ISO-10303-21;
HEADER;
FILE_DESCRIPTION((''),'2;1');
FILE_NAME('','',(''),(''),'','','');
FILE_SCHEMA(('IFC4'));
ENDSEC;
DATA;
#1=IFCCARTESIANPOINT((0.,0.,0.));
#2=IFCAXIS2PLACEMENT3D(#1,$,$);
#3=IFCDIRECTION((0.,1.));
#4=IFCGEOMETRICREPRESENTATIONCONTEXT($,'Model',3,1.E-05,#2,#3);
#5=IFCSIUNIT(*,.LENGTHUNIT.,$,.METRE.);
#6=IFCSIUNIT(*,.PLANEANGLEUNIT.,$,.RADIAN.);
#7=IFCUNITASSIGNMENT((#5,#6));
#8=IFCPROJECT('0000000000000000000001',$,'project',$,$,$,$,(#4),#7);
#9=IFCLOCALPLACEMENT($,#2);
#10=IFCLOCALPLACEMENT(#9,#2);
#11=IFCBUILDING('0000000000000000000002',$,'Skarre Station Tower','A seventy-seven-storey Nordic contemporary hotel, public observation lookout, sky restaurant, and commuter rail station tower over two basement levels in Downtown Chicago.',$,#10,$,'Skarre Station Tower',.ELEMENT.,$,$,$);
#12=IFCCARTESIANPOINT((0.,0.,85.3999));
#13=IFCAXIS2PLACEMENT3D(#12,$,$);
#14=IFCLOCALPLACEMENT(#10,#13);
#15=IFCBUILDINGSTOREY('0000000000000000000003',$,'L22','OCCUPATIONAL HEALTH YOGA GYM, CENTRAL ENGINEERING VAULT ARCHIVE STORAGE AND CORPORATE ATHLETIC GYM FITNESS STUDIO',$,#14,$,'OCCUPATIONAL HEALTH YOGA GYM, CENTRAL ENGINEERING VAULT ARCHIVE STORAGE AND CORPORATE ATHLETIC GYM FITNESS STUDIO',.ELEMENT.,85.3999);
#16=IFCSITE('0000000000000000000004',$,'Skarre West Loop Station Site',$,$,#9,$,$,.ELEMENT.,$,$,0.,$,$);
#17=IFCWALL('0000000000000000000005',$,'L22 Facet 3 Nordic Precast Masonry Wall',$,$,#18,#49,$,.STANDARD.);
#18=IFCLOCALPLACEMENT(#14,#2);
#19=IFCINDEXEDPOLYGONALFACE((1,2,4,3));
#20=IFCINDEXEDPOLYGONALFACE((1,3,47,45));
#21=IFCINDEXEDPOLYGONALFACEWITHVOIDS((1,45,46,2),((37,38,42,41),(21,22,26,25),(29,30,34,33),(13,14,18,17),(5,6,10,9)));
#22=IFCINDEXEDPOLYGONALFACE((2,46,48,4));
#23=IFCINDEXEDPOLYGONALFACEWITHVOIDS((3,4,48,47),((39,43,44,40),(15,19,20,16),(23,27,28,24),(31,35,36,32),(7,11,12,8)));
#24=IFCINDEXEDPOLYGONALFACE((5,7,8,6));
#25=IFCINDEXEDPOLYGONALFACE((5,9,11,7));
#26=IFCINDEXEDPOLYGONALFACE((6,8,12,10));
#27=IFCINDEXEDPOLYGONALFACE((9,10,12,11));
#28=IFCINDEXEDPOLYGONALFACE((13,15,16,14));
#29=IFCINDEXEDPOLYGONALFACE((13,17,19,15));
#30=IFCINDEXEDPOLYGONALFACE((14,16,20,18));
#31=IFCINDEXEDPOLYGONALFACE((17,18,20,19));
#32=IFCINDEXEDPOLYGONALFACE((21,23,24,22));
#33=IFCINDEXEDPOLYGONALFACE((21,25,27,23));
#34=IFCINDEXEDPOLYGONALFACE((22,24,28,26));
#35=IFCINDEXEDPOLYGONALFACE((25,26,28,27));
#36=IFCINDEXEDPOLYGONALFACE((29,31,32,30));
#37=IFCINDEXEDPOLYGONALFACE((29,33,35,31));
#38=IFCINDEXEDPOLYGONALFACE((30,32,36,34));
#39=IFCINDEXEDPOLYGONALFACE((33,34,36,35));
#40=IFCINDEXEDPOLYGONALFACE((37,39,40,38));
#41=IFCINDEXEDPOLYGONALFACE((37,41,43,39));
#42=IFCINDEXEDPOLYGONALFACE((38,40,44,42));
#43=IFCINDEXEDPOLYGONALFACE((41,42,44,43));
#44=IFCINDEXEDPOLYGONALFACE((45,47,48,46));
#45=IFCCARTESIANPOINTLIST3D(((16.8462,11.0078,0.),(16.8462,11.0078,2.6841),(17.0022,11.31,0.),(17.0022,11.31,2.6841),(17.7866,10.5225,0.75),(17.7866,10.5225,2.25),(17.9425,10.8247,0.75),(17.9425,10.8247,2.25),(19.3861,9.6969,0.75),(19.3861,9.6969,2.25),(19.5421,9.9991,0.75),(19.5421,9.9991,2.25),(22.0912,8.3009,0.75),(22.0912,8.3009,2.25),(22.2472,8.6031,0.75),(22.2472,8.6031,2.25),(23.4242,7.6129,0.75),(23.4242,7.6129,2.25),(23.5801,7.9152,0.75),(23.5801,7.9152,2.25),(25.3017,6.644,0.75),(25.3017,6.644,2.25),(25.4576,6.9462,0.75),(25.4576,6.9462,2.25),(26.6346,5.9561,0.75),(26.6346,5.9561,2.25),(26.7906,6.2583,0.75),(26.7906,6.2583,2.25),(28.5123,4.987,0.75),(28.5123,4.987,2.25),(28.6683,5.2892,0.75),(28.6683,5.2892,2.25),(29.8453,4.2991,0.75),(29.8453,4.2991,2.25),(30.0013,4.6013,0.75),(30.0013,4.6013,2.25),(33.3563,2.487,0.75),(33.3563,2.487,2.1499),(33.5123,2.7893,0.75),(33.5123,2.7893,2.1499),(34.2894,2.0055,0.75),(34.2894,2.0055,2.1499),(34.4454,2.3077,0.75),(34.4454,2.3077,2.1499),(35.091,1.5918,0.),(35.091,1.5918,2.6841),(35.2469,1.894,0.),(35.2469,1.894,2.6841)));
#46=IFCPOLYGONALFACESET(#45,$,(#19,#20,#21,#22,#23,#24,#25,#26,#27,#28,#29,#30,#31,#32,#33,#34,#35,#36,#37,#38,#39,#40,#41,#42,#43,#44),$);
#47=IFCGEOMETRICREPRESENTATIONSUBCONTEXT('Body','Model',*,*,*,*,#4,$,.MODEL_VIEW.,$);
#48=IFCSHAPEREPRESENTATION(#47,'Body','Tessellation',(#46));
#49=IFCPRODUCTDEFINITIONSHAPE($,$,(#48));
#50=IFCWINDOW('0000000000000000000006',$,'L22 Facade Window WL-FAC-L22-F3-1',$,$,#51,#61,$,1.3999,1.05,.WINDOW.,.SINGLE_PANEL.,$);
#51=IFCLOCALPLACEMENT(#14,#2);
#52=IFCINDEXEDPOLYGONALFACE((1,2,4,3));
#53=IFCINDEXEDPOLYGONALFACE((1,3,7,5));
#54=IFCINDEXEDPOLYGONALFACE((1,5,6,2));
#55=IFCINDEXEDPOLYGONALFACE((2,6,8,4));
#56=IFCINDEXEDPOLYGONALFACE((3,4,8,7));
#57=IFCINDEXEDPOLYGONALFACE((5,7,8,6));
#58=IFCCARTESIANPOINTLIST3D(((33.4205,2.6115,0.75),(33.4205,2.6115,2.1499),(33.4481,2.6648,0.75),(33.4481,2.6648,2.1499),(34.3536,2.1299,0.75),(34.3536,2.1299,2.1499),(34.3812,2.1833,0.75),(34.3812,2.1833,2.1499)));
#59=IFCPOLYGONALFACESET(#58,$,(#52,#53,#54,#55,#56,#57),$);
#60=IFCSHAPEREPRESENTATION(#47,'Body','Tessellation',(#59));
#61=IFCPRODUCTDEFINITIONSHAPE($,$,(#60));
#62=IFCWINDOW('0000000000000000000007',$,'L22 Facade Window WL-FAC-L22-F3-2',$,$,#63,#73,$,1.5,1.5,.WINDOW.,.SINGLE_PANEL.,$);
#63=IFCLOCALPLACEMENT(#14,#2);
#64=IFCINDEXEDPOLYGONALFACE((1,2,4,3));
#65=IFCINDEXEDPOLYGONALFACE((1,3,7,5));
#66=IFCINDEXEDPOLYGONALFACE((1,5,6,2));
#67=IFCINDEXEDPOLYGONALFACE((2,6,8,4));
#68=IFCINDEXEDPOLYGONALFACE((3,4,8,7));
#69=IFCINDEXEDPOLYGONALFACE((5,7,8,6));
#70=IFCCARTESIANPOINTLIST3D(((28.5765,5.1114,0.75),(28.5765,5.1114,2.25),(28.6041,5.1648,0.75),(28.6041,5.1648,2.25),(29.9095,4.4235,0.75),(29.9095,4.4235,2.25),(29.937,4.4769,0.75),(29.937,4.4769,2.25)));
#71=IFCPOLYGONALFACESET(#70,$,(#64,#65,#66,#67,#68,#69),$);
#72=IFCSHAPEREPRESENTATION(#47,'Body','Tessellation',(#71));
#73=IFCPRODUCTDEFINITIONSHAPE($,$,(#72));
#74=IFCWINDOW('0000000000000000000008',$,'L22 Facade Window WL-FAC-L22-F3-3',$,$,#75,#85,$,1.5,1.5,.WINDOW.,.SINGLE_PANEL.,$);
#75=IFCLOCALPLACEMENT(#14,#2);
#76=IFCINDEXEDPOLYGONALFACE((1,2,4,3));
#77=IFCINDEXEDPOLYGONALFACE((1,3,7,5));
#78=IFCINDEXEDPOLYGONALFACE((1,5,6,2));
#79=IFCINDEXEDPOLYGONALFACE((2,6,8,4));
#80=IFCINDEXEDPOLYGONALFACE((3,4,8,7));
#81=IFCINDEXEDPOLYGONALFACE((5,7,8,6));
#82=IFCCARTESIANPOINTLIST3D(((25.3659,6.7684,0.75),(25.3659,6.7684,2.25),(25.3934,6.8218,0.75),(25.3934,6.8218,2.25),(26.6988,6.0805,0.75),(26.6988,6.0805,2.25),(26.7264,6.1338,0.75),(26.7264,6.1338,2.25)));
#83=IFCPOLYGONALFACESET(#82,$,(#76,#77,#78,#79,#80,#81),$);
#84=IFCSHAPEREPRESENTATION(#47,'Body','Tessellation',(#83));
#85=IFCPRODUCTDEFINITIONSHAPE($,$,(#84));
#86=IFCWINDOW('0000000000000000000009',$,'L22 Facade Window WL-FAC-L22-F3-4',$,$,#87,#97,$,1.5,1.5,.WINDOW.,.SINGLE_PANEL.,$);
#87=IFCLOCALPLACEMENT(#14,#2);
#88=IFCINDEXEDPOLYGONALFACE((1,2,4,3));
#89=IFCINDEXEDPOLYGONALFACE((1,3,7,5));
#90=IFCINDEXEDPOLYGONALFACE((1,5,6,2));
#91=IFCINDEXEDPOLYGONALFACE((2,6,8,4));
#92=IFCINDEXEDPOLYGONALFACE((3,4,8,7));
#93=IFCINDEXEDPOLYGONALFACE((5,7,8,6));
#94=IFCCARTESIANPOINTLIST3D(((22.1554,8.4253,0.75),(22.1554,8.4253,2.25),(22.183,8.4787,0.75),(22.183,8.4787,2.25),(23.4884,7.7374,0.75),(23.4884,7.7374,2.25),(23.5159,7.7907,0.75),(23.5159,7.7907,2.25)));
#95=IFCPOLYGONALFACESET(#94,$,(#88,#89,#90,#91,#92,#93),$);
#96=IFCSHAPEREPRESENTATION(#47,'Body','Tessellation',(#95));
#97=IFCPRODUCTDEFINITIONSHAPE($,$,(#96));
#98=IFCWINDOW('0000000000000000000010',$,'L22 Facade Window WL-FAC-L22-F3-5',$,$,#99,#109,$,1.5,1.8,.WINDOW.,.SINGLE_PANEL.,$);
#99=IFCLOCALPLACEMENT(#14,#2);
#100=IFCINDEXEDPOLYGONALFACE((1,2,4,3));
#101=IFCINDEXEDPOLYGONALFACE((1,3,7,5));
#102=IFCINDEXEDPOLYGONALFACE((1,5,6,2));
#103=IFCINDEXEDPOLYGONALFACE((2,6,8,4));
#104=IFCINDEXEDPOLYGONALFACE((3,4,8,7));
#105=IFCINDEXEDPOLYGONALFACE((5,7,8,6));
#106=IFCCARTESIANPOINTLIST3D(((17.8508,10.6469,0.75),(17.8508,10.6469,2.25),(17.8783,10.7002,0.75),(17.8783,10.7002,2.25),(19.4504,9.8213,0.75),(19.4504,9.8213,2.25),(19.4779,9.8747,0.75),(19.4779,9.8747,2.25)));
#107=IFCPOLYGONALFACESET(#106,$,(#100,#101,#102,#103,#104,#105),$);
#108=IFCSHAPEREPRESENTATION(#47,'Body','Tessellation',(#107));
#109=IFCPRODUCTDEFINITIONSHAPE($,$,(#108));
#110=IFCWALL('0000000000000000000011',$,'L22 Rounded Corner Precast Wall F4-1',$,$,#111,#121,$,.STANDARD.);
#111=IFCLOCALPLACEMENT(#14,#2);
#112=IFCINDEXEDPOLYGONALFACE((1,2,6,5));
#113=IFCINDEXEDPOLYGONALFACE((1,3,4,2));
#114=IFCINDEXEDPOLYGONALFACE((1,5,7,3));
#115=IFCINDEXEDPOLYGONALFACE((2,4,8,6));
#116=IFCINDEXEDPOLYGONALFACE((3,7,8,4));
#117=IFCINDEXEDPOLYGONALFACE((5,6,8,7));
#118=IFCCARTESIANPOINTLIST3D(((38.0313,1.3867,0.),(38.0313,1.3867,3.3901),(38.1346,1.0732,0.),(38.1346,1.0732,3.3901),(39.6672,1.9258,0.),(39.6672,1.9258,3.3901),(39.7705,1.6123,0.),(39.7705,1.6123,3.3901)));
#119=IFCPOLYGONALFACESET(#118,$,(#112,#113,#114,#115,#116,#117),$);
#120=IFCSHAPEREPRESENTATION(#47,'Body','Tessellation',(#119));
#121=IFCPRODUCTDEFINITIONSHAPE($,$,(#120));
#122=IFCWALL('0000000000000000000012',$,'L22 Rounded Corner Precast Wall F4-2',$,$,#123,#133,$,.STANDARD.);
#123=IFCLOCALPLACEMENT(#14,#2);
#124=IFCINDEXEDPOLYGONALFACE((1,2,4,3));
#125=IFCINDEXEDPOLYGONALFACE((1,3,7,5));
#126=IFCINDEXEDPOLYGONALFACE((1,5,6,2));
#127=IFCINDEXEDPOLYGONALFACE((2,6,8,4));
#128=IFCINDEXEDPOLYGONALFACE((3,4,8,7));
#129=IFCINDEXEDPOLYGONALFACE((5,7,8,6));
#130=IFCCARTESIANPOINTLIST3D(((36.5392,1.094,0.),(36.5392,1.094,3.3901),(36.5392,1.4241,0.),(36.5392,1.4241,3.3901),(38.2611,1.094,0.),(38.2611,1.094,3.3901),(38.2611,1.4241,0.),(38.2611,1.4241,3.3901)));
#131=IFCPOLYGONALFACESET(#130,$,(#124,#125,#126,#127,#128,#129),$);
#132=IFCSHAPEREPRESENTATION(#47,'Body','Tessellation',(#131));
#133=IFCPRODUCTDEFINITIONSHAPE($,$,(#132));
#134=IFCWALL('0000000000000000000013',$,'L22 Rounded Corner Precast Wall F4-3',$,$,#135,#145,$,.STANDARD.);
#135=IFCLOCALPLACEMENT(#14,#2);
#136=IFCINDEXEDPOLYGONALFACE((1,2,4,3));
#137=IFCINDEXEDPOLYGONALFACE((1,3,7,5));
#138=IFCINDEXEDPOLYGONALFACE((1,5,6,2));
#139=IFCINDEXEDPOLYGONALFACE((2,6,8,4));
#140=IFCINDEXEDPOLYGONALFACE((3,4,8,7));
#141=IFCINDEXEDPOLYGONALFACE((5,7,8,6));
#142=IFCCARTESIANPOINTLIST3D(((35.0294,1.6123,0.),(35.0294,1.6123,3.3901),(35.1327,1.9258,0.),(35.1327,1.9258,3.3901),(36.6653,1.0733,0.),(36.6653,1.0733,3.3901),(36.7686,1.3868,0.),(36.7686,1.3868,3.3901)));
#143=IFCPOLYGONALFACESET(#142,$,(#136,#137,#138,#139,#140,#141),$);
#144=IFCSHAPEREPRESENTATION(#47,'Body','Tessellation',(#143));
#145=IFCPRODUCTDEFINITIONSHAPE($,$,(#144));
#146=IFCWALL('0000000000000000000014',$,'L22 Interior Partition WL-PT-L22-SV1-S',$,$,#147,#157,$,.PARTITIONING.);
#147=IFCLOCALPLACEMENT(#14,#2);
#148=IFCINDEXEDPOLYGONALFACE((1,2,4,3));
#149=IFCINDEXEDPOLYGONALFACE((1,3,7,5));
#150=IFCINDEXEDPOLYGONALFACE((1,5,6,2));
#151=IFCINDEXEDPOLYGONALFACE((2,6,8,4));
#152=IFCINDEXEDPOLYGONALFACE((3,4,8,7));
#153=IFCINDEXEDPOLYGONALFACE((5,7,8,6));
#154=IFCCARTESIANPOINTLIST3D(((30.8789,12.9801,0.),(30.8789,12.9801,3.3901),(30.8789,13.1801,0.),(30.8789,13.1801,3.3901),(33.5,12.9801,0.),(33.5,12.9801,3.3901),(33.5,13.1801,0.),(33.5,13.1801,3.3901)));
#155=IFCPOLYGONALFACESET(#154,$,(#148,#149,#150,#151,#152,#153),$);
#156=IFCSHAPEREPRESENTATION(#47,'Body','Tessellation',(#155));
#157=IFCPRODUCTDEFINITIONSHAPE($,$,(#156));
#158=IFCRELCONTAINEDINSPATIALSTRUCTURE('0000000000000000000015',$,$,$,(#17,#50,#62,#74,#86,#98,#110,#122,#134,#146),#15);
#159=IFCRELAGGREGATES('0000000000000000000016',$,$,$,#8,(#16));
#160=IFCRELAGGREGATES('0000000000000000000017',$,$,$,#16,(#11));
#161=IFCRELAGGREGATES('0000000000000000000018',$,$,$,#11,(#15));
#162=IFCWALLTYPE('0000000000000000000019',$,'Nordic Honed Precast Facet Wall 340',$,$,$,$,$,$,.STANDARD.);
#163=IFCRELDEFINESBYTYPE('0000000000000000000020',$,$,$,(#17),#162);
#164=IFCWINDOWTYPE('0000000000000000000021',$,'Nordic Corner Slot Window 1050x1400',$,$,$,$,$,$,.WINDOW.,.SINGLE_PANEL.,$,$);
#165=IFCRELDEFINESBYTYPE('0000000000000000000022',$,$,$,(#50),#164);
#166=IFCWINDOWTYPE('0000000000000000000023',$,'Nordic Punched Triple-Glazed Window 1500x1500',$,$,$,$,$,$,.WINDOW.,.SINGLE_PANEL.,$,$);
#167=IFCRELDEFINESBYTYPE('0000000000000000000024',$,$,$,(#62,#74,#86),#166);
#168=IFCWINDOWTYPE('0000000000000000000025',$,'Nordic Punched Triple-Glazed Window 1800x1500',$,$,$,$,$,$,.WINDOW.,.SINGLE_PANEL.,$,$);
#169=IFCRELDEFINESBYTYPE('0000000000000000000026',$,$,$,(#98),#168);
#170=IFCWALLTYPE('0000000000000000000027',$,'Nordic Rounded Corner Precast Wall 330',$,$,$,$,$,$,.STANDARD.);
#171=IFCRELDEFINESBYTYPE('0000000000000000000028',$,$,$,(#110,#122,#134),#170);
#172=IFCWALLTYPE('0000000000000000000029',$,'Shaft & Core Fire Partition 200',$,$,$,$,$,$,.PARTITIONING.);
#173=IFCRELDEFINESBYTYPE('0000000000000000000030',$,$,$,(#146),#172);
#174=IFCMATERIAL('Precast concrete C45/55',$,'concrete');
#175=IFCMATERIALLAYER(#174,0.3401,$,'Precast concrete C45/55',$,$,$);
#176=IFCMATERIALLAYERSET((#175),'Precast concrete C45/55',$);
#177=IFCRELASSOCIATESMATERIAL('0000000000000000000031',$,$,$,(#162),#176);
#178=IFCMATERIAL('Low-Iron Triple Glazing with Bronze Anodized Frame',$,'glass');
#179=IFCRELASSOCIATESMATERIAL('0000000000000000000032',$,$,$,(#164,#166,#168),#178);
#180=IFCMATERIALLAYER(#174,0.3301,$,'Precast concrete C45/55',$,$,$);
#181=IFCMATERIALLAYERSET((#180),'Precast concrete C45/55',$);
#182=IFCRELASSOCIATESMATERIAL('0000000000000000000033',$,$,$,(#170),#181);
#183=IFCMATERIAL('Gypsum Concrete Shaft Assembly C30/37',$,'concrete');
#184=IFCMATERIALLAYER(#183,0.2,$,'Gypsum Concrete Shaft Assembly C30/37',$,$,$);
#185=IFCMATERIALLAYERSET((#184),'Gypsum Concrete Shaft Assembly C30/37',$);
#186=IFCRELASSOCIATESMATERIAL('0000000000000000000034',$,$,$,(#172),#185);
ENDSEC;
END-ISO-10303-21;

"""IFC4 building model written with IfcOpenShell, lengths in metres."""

from ifc_helpers import new_model, si_unit, direction, frame, frame_2d, origin, place, context, subcontext, project, spatial, rectangle, extrude, material, layer, layer_set, type_object, element, fill, save


model = new_model("IFC4")

# Units and contexts
model_context = context("Model", 3, precision=1e-05, world=origin(), true_north=direction((0.0, 1.0)))
body_context = subcontext(model_context, "Body", "Model", "MODEL_VIEW")
ifc_project = project(units=[si_unit("LENGTHUNIT", "METRE"), si_unit("PLANEANGLEUNIT", "RADIAN")], contexts=[model_context])

# Site, building, storey
site_placement = place(None, origin())
site = spatial("IfcSite", under=ifc_project, at=site_placement, Name="Skarre West Loop Station Site", CompositionType="ELEMENT", RefElevation=0.0)
building_placement = place(site_placement, origin())
building = spatial("IfcBuilding", under=site, at=building_placement, Name="Skarre Station Tower", Description="A seventy-seven-storey Nordic contemporary hotel, public observation lookout, sky restaurant, and commuter rail station tower over two basement levels in Downtown Chicago.", LongName="Skarre Station Tower", CompositionType="ELEMENT")
storey_placement = place(building_placement, frame((0.0, 0.0, 85.3999)))
storey = spatial("IfcBuildingStorey", under=building, at=storey_placement, Name="L22", Description="OCCUPATIONAL HEALTH YOGA GYM, CENTRAL ENGINEERING VAULT ARCHIVE STORAGE AND CORPORATE ATHLETIC GYM FITNESS STUDIO", LongName="OCCUPATIONAL HEALTH YOGA GYM, CENTRAL ENGINEERING VAULT ARCHIVE STORAGE AND CORPORATE ATHLETIC GYM FITNESS STUDIO", CompositionType="ELEMENT", Elevation=85.3999)

# Wall, openings, windows
ifc_material_1 = material(Name="Precast concrete C45/55", Category="concrete")
ifc_layer_1 = layer(ifc_material_1, 0.3401, Name="Precast concrete C45/55")
ifc_layer_set_1 = layer_set([ifc_layer_1], Name="Precast concrete C45/55")
wall_type_1 = type_object("IfcWallType", Name="Nordic Honed Precast Facet Wall 340", PredefinedType="STANDARD", material=ifc_layer_set_1)
wall_1_placement = place(storey_placement, frame((35.1689, 1.7429, 0.0), z_axis=(0.0, 0.0, 1.0), x_axis=(-0.888634, 0.458616, 0.0)))
wall_1 = element("IfcWall", 1, at=wall_1_placement, inside=storey, type_object=wall_type_1, Name="L22 Facet 3 Nordic Precast Masonry Wall", PredefinedType="STANDARD", context=body_context, shape_type="SweptSolid", body=[
    extrude(rectangle(XDim=20.5312, YDim=0.3401, at=frame_2d((10.2656, 0.0))), origin(), (0.0, 0.0, 1.0), 2.6841),
])
opening_1_placement = place(wall_1_placement, frame((0.9021, 0.0, 0.75)))
opening_1 = element("IfcOpeningElement", 2, at=opening_1_placement, cuts=wall_1, PredefinedType="OPENING", context=body_context, shape_type="SweptSolid", body=[
    extrude(rectangle(XDim=1.05, YDim=1.3999, at=frame_2d((0.5249, 0.7))), frame((0.0, 0.1799, 0.0), z_axis=(0.0, -1.0, 0.0), x_axis=(1.0, 0.0, 0.0)), (0.0, 0.0, 1.0), 0.3601),
])
opening_2_placement = place(wall_1_placement, frame((5.9031, 0.0, 0.75)))
opening_2 = element("IfcOpeningElement", 3, at=opening_2_placement, cuts=wall_1, PredefinedType="OPENING", context=body_context, shape_type="SweptSolid", body=[
    extrude(rectangle(XDim=1.5, YDim=1.5, at=frame_2d((0.75, 0.75))), frame((0.0, 0.1799, 0.0), z_axis=(0.0, -1.0, 0.0), x_axis=(1.0, 0.0, 0.0)), (0.0, 0.0, 1.0), 0.3601),
])
opening_3_placement = place(wall_1_placement, frame((9.5161, 0.0, 0.75)))
opening_3 = element("IfcOpeningElement", 4, at=opening_3_placement, cuts=wall_1, PredefinedType="OPENING", context=body_context, shape_type="SweptSolid", body=[
    extrude(rectangle(XDim=1.5, YDim=1.5, at=frame_2d((0.75, 0.75))), frame((0.0, 0.1799, 0.0), z_axis=(0.0, -1.0, 0.0), x_axis=(1.0, 0.0, 0.0)), (0.0, 0.0, 1.0), 0.3601),
])
opening_4_placement = place(wall_1_placement, frame((13.1289, 0.0, 0.75)))
opening_4 = element("IfcOpeningElement", 5, at=opening_4_placement, cuts=wall_1, PredefinedType="OPENING", context=body_context, shape_type="SweptSolid", body=[
    extrude(rectangle(XDim=1.5, YDim=1.5, at=frame_2d((0.75, 0.75))), frame((0.0, 0.1799, 0.0), z_axis=(0.0, -1.0, 0.0), x_axis=(1.0, 0.0, 0.0)), (0.0, 0.0, 1.0), 0.3601),
])
opening_5_placement = place(wall_1_placement, frame((17.6731, 0.0, 0.75)))
opening_5 = element("IfcOpeningElement", 6, at=opening_5_placement, cuts=wall_1, PredefinedType="OPENING", context=body_context, shape_type="SweptSolid", body=[
    extrude(rectangle(XDim=1.8, YDim=1.5, at=frame_2d((0.8999, 0.75))), frame((0.0, 0.1799, 0.0), z_axis=(0.0, -1.0, 0.0), x_axis=(1.0, 0.0, 0.0)), (0.0, 0.0, 1.0), 0.3601),
])
ifc_material_2 = material(Name="Low-Iron Triple Glazing with Bronze Anodized Frame", Category="glass")
window_type_1 = type_object("IfcWindowType", Name="Nordic Corner Slot Window 1050x1400", PartitioningType="SINGLE_PANEL", PredefinedType="WINDOW", material=ifc_material_2)
window_1_placement = place(opening_1_placement, origin())
window_1 = element("IfcWindow", 7, at=window_1_placement, inside=storey, type_object=window_type_1, Name="L22 Facade Window WL-FAC-L22-F3-1", OverallHeight=1.3999, OverallWidth=1.05, PartitioningType="SINGLE_PANEL", PredefinedType="WINDOW", context=body_context, shape_type="SweptSolid", body=[
    extrude(rectangle(XDim=1.05, YDim=1.3999, at=frame_2d((0.5249, 0.7))), frame((0.0, 0.03, 0.0), z_axis=(0.0, -1.0, 0.0), x_axis=(1.0, 0.0, 0.0)), (0.0, 0.0, 1.0), 0.0601),
])
fill(opening_1, window_1)
window_type_2 = type_object("IfcWindowType", Name="Nordic Punched Triple-Glazed Window 1500x1500", PartitioningType="SINGLE_PANEL", PredefinedType="WINDOW", material=ifc_material_2)
window_2_placement = place(opening_2_placement, origin())
window_2 = element("IfcWindow", 8, at=window_2_placement, inside=storey, type_object=window_type_2, Name="L22 Facade Window WL-FAC-L22-F3-2", OverallHeight=1.5, OverallWidth=1.5, PartitioningType="SINGLE_PANEL", PredefinedType="WINDOW", context=body_context, shape_type="SweptSolid", body=[
    extrude(rectangle(XDim=1.5, YDim=1.5, at=frame_2d((0.75, 0.75))), frame((0.0, 0.03, 0.0), z_axis=(0.0, -1.0, 0.0), x_axis=(1.0, 0.0, 0.0)), (0.0, 0.0, 1.0), 0.0601),
])
fill(opening_2, window_2)
window_3_placement = place(opening_3_placement, origin())
window_3 = element("IfcWindow", 9, at=window_3_placement, inside=storey, type_object=window_type_2, Name="L22 Facade Window WL-FAC-L22-F3-3", OverallHeight=1.5, OverallWidth=1.5, PartitioningType="SINGLE_PANEL", PredefinedType="WINDOW", context=body_context, shape_type="SweptSolid", body=[
    extrude(rectangle(XDim=1.5, YDim=1.5, at=frame_2d((0.75, 0.75))), frame((0.0, 0.03, 0.0), z_axis=(0.0, -1.0, 0.0), x_axis=(1.0, 0.0, 0.0)), (0.0, 0.0, 1.0), 0.0601),
])
fill(opening_3, window_3)
window_4_placement = place(opening_4_placement, origin())
window_4 = element("IfcWindow", 10, at=window_4_placement, inside=storey, type_object=window_type_2, Name="L22 Facade Window WL-FAC-L22-F3-4", OverallHeight=1.5, OverallWidth=1.5, PartitioningType="SINGLE_PANEL", PredefinedType="WINDOW", context=body_context, shape_type="SweptSolid", body=[
    extrude(rectangle(XDim=1.5, YDim=1.5, at=frame_2d((0.75, 0.75))), frame((0.0, 0.03, 0.0), z_axis=(0.0, -1.0, 0.0), x_axis=(1.0, 0.0, 0.0)), (0.0, 0.0, 1.0), 0.0601),
])
fill(opening_4, window_4)
window_type_3 = type_object("IfcWindowType", Name="Nordic Punched Triple-Glazed Window 1800x1500", PartitioningType="SINGLE_PANEL", PredefinedType="WINDOW", material=ifc_material_2)
window_5_placement = place(opening_5_placement, origin())
window_5 = element("IfcWindow", 11, at=window_5_placement, inside=storey, type_object=window_type_3, Name="L22 Facade Window WL-FAC-L22-F3-5", OverallHeight=1.5, OverallWidth=1.8, PartitioningType="SINGLE_PANEL", PredefinedType="WINDOW", context=body_context, shape_type="SweptSolid", body=[
    extrude(rectangle(XDim=1.8, YDim=1.5, at=frame_2d((0.8999, 0.75))), frame((0.0, 0.03, 0.0), z_axis=(0.0, -1.0, 0.0), x_axis=(1.0, 0.0, 0.0)), (0.0, 0.0, 1.0), 0.0601),
])
fill(opening_5, window_5)

# Walls
ifc_layer_2 = layer(ifc_material_1, 0.3301, Name="Precast concrete C45/55")
ifc_layer_set_2 = layer_set([ifc_layer_2], Name="Precast concrete C45/55")
wall_type_2 = type_object("IfcWallType", Name="Nordic Rounded Corner Precast Wall 330", PredefinedType="STANDARD", material=ifc_layer_set_2)
wall_2_placement = place(storey_placement, frame((39.719, 1.769, 0.0), z_axis=(0.0, 0.0, 1.0), x_axis=(-0.949769, -0.312952, 0.0)))
element("IfcWall", 12, at=wall_2_placement, inside=storey, type_object=wall_type_2, Name="L22 Rounded Corner Precast Wall F4-1", PredefinedType="STANDARD", context=body_context, shape_type="SweptSolid", body=[
    extrude(rectangle(XDim=1.7224, YDim=0.3301, at=frame_2d((0.8613, 0.0))), origin(), (0.0, 0.0, 1.0), 3.3901),
])
wall_3_placement = place(storey_placement, frame((38.261, 1.259, 0.0), z_axis=(0.0, 0.0, 1.0), x_axis=(-1.0, 0.0, 0.0)))
element("IfcWall", 13, at=wall_3_placement, inside=storey, type_object=wall_type_2, Name="L22 Rounded Corner Precast Wall F4-2", PredefinedType="STANDARD", context=body_context, shape_type="SweptSolid", body=[
    extrude(rectangle(XDim=1.7219, YDim=0.3301, at=frame_2d((0.8608, 0.0))), origin(), (0.0, 0.0, 1.0), 3.3901),
])
wall_4_placement = place(storey_placement, frame((36.717, 1.23, 0.0), z_axis=(0.0, 0.0, 1.0), x_axis=(-0.949769, 0.312952, 0.0)))
element("IfcWall", 14, at=wall_4_placement, inside=storey, type_object=wall_type_2, Name="L22 Rounded Corner Precast Wall F4-3", PredefinedType="STANDARD", context=body_context, shape_type="SweptSolid", body=[
    extrude(rectangle(XDim=1.7224, YDim=0.3301, at=frame_2d((0.8613, 0.0))), origin(), (0.0, 0.0, 1.0), 3.3901),
])
ifc_material_3 = material(Name="Gypsum Concrete Shaft Assembly C30/37", Category="concrete")
ifc_layer_3 = layer(ifc_material_3, 0.2, Name="Gypsum Concrete Shaft Assembly C30/37")
ifc_layer_set_3 = layer_set([ifc_layer_3], Name="Gypsum Concrete Shaft Assembly C30/37")
wall_type_3 = type_object("IfcWallType", Name="Shaft & Core Fire Partition 200", PredefinedType="PARTITIONING", material=ifc_layer_set_3)
wall_5_placement = place(storey_placement, frame((30.8789, 13.0801, 0.0), z_axis=(0.0, 0.0, 1.0), x_axis=(1.0, 0.0, 0.0)))
element("IfcWall", 15, at=wall_5_placement, inside=storey, type_object=wall_type_3, Name="L22 Interior Partition WL-PT-L22-SV1-S", PredefinedType="PARTITIONING", context=body_context, shape_type="SweptSolid", body=[
    extrude(rectangle(XDim=2.6211, YDim=0.2, at=frame_2d((1.3105, 0.0))), origin(), (0.0, 0.0, 1.0), 3.3901),
])

save(model, "model.ifc")
